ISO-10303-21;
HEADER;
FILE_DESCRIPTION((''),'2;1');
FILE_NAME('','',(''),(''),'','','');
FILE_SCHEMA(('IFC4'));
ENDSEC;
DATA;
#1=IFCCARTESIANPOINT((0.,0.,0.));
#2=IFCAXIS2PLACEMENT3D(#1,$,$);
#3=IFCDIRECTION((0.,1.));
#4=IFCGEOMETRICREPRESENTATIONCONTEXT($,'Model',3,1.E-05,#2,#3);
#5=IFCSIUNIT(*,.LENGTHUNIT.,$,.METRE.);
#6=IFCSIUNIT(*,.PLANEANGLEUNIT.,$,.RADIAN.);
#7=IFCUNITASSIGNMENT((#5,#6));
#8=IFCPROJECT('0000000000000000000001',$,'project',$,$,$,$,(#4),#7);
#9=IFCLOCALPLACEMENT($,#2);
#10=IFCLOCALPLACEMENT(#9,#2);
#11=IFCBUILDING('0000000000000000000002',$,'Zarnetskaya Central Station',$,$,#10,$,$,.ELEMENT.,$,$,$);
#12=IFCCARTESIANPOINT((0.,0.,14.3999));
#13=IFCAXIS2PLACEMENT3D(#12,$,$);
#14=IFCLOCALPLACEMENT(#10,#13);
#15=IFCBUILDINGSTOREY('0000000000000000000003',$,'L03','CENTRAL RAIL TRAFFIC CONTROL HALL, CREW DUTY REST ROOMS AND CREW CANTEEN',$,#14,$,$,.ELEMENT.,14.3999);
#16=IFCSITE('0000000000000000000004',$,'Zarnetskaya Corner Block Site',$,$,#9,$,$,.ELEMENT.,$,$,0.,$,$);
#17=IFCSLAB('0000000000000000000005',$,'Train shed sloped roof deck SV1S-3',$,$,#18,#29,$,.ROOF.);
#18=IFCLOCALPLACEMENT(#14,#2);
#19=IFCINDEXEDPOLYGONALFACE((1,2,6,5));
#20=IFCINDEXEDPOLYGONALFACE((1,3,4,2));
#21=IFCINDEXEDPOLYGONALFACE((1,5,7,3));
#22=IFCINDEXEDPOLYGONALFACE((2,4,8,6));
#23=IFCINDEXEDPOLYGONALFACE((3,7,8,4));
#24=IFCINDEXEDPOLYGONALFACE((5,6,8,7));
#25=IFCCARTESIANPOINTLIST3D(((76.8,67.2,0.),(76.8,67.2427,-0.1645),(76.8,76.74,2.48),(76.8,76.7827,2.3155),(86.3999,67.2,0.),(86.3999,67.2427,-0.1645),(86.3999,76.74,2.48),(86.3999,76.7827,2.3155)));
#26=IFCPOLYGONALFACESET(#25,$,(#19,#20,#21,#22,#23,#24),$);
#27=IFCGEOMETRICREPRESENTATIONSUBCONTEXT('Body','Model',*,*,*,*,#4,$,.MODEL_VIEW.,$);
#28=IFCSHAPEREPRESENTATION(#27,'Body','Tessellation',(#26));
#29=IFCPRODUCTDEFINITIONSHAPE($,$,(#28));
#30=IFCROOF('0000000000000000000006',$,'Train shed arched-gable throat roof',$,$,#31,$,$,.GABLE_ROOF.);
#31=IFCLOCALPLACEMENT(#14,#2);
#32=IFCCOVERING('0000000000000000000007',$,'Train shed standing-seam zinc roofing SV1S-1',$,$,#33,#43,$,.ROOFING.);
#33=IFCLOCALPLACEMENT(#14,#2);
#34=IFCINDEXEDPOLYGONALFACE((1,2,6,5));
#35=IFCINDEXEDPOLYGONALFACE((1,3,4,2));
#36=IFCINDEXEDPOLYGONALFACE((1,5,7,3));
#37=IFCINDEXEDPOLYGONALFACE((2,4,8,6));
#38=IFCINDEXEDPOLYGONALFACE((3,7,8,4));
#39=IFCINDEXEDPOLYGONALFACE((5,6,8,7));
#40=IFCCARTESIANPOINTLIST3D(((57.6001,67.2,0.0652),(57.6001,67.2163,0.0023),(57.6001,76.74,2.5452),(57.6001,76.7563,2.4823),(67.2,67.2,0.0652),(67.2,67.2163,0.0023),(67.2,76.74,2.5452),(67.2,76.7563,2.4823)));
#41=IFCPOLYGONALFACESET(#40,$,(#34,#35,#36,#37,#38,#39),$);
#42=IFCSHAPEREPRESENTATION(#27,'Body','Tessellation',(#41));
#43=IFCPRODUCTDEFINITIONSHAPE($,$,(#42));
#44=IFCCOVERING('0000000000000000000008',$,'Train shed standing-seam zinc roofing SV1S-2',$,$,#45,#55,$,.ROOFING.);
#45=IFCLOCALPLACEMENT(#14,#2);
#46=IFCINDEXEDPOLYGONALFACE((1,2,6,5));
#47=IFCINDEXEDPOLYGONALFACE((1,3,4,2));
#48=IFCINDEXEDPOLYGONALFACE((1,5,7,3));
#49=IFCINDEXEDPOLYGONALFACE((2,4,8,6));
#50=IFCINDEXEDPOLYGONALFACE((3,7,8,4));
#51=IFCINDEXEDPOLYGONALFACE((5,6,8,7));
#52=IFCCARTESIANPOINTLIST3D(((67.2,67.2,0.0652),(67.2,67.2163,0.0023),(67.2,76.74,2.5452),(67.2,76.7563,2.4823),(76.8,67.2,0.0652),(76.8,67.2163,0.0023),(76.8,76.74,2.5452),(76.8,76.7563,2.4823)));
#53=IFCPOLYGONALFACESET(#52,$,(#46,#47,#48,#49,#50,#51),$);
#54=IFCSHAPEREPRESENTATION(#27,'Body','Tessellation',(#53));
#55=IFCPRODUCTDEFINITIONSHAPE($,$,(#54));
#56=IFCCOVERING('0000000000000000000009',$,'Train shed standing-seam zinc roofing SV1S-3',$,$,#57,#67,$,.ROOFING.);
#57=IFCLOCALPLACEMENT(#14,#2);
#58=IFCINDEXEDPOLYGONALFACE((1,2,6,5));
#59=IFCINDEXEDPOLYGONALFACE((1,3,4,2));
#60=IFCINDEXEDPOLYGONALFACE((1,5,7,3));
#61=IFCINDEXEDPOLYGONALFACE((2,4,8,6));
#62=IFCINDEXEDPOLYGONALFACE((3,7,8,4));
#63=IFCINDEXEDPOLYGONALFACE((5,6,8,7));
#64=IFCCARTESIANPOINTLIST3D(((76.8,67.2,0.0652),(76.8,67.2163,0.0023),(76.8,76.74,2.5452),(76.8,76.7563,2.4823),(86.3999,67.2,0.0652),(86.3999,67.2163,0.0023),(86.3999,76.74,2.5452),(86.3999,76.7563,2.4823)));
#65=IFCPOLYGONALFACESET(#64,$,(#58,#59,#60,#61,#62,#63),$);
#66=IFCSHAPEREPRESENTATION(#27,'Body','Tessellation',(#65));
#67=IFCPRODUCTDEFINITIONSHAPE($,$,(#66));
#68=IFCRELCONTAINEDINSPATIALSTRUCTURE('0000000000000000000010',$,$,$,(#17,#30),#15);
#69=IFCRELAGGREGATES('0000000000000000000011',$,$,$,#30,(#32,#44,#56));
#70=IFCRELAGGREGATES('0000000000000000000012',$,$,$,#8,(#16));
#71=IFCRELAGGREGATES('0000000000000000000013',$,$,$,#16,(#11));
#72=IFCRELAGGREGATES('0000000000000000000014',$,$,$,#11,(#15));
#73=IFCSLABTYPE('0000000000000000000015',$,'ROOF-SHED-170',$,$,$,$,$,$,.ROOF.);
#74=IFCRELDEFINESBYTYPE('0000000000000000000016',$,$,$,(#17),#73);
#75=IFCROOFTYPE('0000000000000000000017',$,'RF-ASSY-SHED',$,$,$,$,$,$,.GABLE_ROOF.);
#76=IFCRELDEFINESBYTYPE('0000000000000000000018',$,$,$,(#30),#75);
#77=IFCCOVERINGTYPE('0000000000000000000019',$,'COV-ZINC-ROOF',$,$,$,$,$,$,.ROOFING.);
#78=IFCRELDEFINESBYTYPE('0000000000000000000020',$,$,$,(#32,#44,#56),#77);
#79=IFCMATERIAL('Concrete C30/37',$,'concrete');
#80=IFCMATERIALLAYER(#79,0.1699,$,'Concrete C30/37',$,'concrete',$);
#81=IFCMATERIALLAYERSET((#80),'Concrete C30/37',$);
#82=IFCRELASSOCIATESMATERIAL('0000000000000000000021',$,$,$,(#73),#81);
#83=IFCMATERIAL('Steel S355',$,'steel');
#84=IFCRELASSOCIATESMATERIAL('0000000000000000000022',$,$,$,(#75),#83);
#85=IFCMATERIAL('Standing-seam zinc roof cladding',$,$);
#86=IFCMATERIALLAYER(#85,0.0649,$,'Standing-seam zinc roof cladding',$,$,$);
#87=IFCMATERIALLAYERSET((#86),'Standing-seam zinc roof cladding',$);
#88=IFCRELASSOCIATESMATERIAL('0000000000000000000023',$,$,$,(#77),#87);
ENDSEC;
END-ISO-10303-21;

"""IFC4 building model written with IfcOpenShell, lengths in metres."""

from ifc_helpers import new_model, si_unit, direction, frame, origin, place, context, subcontext, project, spatial, polyline, outline, extrude, material, layer, layer_set, type_object, element, aggregate, save


model = new_model("IFC4")

# Units and contexts
model_context = context("Model", 3, precision=1e-05, world=origin(), true_north=direction((0.0, 1.0)))
body_context = subcontext(model_context, "Body", "Model", "MODEL_VIEW")
ifc_project = project(units=[si_unit("LENGTHUNIT", "METRE"), si_unit("PLANEANGLEUNIT", "RADIAN")], contexts=[model_context])

# Site, building, storey
site_placement = place(None, origin())
site = spatial("IfcSite", under=ifc_project, at=site_placement, Name="Zarnetskaya Corner Block Site", CompositionType="ELEMENT", RefElevation=0.0)
building_placement = place(site_placement, origin())
building = spatial("IfcBuilding", under=site, at=building_placement, Name="Zarnetskaya Central Station", CompositionType="ELEMENT")
storey_placement = place(building_placement, frame((0.0, 0.0, 14.3999)))
storey = spatial("IfcBuildingStorey", under=building, at=storey_placement, Name="L03", Description="CENTRAL RAIL TRAFFIC CONTROL HALL, CREW DUTY REST ROOMS AND CREW CANTEEN", CompositionType="ELEMENT", Elevation=14.3999)

# Shared definitions
ifc_material_1 = material(Name="Steel S355", Category="steel")

# Slab
ifc_material_2 = material(Name="Concrete C30/37", Category="concrete")
ifc_layer_1 = layer(ifc_material_2, 0.1699, Name="Concrete C30/37", Category="concrete")
ifc_layer_set_1 = layer_set([ifc_layer_1], Name="Concrete C30/37")
slab_type = type_object("IfcSlabType", Name="ROOF-SHED-170", PredefinedType="ROOF", material=ifc_layer_set_1)
slab_1_placement = place(storey_placement, frame((76.8, 67.2, 0.0), z_axis=(0.0, -0.251593, 0.967833), x_axis=(1.0, 0.0, 0.0)))
element("IfcSlab", 1, at=slab_1_placement, inside=storey, type_object=slab_type, Name="Train shed sloped roof deck SV1S-3", PredefinedType="ROOF", context=body_context, shape_type="SweptSolid", body=[
    extrude(outline(polyline([(0.0, 0.0), (9.5999, 0.0), (9.5999, 9.8571), (0.0, 9.8571), (0.0, 0.0)])), origin(), (0.0, 0.0, -1.0), 0.1699),
])

# Roof, coverings
roof_type = type_object("IfcRoofType", Name="RF-ASSY-SHED", PredefinedType="GABLE_ROOF", material=ifc_material_1)
roof_placement = place(storey_placement, origin())
roof = element("IfcRoof", 2, at=roof_placement, inside=storey, type_object=roof_type, Name="Train shed arched-gable throat roof", PredefinedType="GABLE_ROOF")
ifc_material_3 = material(Name="Standing-seam zinc roof cladding")
ifc_layer_2 = layer(ifc_material_3, 0.0649, Name="Standing-seam zinc roof cladding")
ifc_layer_set_2 = layer_set([ifc_layer_2], Name="Standing-seam zinc roof cladding")
covering_type = type_object("IfcCoveringType", Name="COV-ZINC-ROOF", PredefinedType="ROOFING", material=ifc_layer_set_2)
covering_1_placement = place(storey_placement, frame((57.6001, 67.2, 0.0652), z_axis=(0.0, -0.251593, 0.967833), x_axis=(1.0, 0.0, 0.0)))
covering_1 = element("IfcCovering", 3, at=covering_1_placement, type_object=covering_type, Name="Train shed standing-seam zinc roofing SV1S-1", PredefinedType="ROOFING", context=body_context, shape_type="SweptSolid", body=[
    extrude(outline(polyline([(0.0, 0.0), (9.5999, 0.0), (9.5999, 9.8571), (0.0, 9.8571), (0.0, 0.0)])), origin(), (0.0, 0.0, -1.0), 0.0649),
])
covering_2_placement = place(storey_placement, frame((67.2, 67.2, 0.0652), z_axis=(0.0, -0.251593, 0.967833), x_axis=(1.0, 0.0, 0.0)))
covering_2 = element("IfcCovering", 4, at=covering_2_placement, type_object=covering_type, Name="Train shed standing-seam zinc roofing SV1S-2", PredefinedType="ROOFING", context=body_context, shape_type="SweptSolid", body=[
    extrude(outline(polyline([(0.0, 0.0), (9.6001, 0.0), (9.6001, 9.8571), (0.0, 9.8571), (0.0, 0.0)])), origin(), (0.0, 0.0, -1.0), 0.0649),
])
covering_3_placement = place(storey_placement, frame((76.8, 67.2, 0.0652), z_axis=(0.0, -0.251593, 0.967833), x_axis=(1.0, 0.0, 0.0)))
covering_3 = element("IfcCovering", 5, at=covering_3_placement, type_object=covering_type, Name="Train shed standing-seam zinc roofing SV1S-3", PredefinedType="ROOFING", context=body_context, shape_type="SweptSolid", body=[
    extrude(outline(polyline([(0.0, 0.0), (9.5999, 0.0), (9.5999, 9.8571), (0.0, 9.8571), (0.0, 0.0)])), origin(), (0.0, 0.0, -1.0), 0.0649),
])
aggregate(roof, [covering_1, covering_2, covering_3])

save(model, "model.ifc")
